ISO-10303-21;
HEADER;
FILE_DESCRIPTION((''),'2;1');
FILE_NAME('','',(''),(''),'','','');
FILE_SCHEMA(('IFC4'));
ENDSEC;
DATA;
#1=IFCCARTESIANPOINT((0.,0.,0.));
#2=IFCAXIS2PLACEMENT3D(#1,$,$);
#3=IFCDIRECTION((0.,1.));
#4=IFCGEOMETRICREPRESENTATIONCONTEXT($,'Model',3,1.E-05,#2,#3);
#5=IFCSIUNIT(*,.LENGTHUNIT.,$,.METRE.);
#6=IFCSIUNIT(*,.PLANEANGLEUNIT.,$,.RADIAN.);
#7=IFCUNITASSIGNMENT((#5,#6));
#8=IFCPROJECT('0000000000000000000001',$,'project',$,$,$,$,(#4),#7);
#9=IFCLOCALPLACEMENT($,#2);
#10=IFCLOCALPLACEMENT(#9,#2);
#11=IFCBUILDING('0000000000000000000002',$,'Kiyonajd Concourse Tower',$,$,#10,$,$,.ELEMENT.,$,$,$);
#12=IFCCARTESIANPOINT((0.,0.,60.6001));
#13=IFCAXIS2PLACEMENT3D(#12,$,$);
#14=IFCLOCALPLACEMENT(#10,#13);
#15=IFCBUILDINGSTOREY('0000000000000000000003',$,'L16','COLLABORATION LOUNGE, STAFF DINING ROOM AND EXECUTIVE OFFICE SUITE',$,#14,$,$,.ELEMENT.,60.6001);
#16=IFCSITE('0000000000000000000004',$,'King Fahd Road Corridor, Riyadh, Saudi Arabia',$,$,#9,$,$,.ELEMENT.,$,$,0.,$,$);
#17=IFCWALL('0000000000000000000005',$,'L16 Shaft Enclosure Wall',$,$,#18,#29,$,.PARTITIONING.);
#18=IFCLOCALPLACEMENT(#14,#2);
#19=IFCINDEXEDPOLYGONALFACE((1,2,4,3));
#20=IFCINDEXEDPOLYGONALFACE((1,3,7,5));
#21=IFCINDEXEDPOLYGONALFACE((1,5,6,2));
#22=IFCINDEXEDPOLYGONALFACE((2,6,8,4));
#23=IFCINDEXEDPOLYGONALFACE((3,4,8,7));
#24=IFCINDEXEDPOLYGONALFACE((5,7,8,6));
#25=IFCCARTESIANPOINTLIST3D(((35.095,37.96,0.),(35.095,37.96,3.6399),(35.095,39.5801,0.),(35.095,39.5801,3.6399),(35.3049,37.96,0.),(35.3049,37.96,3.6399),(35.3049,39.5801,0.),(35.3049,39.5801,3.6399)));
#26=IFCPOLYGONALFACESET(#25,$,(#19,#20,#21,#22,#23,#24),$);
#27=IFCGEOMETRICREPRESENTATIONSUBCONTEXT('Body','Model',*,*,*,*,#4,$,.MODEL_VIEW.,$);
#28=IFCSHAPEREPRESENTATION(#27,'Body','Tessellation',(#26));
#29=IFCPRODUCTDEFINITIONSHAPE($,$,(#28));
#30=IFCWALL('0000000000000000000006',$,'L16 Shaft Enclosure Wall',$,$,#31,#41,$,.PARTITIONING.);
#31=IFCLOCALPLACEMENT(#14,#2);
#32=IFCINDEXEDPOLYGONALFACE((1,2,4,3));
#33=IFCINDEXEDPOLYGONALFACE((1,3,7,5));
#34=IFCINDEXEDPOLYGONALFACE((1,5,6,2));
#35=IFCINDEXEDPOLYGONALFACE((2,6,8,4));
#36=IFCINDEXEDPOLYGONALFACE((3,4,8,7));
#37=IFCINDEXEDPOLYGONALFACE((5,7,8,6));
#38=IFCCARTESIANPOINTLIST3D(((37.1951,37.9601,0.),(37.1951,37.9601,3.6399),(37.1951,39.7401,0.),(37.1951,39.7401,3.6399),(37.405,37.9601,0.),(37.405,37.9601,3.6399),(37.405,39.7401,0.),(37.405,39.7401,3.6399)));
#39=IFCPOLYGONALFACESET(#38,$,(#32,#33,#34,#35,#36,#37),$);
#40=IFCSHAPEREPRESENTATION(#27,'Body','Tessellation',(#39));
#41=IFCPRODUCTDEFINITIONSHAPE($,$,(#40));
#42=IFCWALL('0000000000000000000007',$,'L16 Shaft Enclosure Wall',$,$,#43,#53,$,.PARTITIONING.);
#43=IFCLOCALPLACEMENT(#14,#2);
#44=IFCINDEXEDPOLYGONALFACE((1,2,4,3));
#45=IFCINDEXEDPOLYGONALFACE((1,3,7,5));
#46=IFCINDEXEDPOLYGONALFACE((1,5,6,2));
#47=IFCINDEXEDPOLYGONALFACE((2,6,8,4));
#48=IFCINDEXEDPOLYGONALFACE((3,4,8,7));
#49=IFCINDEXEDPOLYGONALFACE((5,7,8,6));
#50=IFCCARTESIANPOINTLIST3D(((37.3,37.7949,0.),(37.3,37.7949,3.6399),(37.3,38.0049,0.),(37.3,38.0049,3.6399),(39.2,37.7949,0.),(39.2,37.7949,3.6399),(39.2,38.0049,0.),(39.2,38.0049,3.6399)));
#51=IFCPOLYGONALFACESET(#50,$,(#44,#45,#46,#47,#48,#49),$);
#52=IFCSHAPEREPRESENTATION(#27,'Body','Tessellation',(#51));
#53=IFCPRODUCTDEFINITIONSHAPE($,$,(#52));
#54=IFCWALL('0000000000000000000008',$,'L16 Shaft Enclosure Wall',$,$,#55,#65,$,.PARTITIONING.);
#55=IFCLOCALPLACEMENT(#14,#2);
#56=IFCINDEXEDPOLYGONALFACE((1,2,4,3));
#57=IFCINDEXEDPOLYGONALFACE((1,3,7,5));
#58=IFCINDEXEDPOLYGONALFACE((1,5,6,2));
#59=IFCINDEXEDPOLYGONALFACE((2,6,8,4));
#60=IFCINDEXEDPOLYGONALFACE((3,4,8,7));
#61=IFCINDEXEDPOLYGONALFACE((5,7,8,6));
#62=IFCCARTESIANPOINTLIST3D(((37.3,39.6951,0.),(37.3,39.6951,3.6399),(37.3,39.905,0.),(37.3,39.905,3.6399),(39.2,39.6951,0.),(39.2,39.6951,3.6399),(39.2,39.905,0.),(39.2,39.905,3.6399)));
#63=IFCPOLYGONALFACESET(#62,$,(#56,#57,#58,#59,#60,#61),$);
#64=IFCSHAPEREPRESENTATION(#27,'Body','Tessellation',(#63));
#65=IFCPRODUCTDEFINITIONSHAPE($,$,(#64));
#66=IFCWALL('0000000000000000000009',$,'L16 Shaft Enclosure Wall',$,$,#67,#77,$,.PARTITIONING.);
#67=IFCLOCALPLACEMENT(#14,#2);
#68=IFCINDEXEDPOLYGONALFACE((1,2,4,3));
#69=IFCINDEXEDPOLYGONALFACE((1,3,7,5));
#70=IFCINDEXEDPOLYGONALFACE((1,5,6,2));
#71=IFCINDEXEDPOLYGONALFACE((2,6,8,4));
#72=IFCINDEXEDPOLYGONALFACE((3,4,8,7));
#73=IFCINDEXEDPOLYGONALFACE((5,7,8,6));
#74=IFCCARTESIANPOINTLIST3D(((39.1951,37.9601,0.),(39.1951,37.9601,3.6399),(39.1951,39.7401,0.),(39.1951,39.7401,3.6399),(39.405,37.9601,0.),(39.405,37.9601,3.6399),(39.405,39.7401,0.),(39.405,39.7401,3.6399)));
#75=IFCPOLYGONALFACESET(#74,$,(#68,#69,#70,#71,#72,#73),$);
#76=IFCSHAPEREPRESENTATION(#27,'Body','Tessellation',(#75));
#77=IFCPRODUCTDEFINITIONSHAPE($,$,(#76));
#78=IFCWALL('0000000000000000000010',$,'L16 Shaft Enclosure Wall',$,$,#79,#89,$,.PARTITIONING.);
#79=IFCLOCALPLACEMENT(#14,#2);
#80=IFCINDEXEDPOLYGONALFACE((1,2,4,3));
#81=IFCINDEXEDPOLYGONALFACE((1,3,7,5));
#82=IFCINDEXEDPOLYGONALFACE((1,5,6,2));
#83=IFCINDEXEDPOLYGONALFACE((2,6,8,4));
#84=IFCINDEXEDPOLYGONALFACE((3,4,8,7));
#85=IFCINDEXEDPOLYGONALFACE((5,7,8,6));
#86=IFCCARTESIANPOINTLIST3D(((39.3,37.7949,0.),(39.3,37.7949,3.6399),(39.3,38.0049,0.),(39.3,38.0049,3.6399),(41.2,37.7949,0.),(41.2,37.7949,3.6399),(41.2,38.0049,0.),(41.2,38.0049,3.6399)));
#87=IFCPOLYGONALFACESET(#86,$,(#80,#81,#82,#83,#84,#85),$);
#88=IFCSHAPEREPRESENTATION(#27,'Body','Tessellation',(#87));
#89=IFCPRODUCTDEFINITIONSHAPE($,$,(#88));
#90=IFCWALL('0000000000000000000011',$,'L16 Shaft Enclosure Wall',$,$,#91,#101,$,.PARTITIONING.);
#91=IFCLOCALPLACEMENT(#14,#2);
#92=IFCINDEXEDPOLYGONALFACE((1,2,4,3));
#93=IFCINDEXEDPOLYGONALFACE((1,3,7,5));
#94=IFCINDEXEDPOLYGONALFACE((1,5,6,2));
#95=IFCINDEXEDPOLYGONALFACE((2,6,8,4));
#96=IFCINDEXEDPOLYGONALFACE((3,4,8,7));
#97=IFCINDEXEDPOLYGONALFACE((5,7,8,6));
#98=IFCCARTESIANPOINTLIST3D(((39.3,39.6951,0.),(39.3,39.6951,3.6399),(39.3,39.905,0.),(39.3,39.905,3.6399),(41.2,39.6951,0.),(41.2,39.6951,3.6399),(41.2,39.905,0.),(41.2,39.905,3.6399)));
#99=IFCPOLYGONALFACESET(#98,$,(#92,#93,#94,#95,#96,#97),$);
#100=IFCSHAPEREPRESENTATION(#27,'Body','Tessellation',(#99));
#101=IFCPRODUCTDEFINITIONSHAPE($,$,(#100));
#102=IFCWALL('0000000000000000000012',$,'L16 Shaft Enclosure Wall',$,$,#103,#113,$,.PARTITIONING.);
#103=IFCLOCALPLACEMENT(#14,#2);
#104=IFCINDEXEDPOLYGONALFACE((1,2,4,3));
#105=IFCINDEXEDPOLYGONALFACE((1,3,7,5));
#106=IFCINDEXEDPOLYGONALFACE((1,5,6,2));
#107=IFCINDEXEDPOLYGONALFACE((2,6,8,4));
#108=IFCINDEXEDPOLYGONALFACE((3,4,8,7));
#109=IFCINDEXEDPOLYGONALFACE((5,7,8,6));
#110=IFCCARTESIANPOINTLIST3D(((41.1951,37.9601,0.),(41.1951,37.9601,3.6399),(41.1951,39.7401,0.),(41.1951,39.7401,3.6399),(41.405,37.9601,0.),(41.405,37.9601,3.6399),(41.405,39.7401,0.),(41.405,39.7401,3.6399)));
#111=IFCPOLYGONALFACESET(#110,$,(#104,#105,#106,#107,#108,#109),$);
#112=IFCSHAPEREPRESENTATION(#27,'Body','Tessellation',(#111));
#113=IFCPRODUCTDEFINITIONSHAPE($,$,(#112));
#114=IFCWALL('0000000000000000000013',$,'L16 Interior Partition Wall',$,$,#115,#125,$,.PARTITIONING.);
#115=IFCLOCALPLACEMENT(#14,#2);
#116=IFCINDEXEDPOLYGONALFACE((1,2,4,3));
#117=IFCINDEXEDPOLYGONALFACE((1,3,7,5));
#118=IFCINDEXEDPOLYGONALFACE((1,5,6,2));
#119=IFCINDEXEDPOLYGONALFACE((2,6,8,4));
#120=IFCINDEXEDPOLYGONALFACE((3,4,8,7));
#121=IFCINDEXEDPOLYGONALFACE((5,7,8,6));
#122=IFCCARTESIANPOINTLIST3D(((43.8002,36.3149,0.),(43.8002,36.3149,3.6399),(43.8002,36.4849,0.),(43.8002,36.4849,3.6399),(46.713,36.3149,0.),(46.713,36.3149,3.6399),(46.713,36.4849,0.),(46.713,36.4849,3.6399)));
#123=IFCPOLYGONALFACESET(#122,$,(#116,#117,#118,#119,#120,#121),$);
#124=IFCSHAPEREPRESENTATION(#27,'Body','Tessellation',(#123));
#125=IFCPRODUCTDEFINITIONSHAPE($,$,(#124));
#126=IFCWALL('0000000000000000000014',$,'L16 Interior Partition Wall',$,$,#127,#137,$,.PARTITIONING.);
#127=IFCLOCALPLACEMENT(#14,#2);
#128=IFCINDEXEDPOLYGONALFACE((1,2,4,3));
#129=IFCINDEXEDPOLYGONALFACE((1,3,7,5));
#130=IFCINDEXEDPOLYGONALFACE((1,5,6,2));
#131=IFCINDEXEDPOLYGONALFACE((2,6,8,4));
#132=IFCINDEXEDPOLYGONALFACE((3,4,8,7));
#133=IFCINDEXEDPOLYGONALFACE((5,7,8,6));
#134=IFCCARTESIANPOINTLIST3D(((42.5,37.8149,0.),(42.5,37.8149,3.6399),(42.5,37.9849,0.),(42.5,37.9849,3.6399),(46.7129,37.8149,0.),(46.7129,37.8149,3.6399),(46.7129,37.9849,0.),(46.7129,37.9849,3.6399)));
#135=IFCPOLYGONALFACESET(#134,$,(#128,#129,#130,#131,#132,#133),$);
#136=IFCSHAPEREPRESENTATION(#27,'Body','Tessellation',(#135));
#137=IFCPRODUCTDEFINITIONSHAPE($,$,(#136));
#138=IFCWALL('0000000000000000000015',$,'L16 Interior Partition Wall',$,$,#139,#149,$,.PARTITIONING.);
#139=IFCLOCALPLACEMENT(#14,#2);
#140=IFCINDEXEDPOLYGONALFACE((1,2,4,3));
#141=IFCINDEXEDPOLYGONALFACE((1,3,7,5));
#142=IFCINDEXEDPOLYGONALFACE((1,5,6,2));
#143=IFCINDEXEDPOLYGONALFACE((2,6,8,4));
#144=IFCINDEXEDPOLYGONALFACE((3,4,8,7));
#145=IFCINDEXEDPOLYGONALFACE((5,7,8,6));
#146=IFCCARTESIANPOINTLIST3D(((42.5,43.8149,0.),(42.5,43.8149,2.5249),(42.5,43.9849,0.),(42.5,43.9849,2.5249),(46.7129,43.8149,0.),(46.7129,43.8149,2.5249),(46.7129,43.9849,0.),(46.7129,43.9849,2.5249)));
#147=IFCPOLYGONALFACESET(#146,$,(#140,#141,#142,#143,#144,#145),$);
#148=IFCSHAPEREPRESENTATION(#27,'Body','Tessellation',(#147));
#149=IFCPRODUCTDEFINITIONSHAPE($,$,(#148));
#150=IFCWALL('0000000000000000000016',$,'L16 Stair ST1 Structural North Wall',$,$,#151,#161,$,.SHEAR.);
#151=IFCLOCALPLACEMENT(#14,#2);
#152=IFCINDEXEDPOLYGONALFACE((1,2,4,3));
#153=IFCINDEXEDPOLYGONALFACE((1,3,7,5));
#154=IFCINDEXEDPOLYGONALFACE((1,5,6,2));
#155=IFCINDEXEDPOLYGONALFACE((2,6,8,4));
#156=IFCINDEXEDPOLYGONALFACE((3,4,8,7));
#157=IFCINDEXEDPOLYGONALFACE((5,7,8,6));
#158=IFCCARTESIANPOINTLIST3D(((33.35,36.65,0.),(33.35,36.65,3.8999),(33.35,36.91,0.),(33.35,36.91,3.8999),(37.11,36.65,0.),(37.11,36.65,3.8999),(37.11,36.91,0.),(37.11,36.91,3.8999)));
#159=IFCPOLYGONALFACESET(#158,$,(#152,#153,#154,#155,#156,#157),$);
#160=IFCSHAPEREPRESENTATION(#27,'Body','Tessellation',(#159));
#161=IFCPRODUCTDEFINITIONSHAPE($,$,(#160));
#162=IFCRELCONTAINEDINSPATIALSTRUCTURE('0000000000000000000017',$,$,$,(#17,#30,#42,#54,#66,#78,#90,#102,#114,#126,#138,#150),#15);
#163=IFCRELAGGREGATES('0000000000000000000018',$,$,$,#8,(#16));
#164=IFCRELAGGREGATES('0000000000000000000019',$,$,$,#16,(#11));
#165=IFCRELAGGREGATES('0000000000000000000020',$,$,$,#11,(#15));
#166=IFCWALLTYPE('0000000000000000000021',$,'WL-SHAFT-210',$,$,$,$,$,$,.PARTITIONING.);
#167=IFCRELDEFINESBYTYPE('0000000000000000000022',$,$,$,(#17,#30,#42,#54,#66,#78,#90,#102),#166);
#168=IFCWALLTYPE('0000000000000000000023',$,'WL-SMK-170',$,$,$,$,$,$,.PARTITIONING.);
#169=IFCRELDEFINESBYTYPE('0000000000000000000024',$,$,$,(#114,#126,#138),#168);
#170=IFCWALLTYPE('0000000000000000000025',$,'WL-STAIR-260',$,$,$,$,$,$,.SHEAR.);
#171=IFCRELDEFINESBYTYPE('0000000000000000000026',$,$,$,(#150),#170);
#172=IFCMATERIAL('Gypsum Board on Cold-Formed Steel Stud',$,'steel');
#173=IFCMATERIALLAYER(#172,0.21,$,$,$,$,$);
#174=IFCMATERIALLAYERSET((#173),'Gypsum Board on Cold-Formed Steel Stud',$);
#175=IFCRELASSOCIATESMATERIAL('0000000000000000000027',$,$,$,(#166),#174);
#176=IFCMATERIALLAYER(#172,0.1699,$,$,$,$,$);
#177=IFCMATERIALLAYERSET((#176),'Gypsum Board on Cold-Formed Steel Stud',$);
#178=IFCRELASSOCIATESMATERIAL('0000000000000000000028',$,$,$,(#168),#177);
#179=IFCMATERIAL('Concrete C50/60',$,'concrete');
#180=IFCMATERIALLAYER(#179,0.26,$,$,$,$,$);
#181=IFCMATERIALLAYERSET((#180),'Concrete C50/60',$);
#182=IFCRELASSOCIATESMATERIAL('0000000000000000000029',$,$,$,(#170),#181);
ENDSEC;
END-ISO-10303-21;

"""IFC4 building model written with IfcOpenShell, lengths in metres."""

from ifc_helpers import new_model, si_unit, direction, frame, frame_2d, origin, place, context, subcontext, project, spatial, rectangle, extrude, material, layer, layer_set, type_object, element, save


model = new_model("IFC4")

# Units and contexts
model_context = context("Model", 3, precision=1e-05, world=origin(), true_north=direction((0.0, 1.0)))
body_context = subcontext(model_context, "Body", "Model", "MODEL_VIEW")
ifc_project = project(units=[si_unit("LENGTHUNIT", "METRE"), si_unit("PLANEANGLEUNIT", "RADIAN")], contexts=[model_context])

# Site, building, storey
site_placement = place(None, origin())
site = spatial("IfcSite", under=ifc_project, at=site_placement, Name="King Fahd Road Corridor, Riyadh, Saudi Arabia", CompositionType="ELEMENT", RefElevation=0.0)
building_placement = place(site_placement, origin())
building = spatial("IfcBuilding", under=site, at=building_placement, Name="Kiyonajd Concourse Tower", CompositionType="ELEMENT")
storey_placement = place(building_placement, frame((0.0, 0.0, 60.6001)))
storey = spatial("IfcBuildingStorey", under=building, at=storey_placement, Name="L16", Description="COLLABORATION LOUNGE, STAFF DINING ROOM AND EXECUTIVE OFFICE SUITE", CompositionType="ELEMENT", Elevation=60.6001)

# Walls
ifc_material_1 = material(Name="Gypsum Board on Cold-Formed Steel Stud", Category="steel")
ifc_layer_1 = layer(ifc_material_1, 0.21)
ifc_layer_set_1 = layer_set([ifc_layer_1], Name="Gypsum Board on Cold-Formed Steel Stud")
wall_type_1 = type_object("IfcWallType", Name="WL-SHAFT-210", PredefinedType="PARTITIONING", material=ifc_layer_set_1)
wall_1_placement = place(storey_placement, frame((35.2, 37.96, 0.0), z_axis=(0.0, 0.0, 1.0), x_axis=(0.0, 1.0, 0.0)))
element("IfcWall", 1, at=wall_1_placement, inside=storey, type_object=wall_type_1, Name="L16 Shaft Enclosure Wall", PredefinedType="PARTITIONING", context=body_context, shape_type="SweptSolid", body=[
    extrude(rectangle(XDim=1.6201, YDim=0.21, at=frame_2d((0.8101, 0.0))), origin(), (0.0, 0.0, 1.0), 3.6399),
])
wall_2_placement = place(storey_placement, frame((37.3, 37.96, 0.0), z_axis=(0.0, 0.0, 1.0), x_axis=(0.0, 1.0, 0.0)))
element("IfcWall", 2, at=wall_2_placement, inside=storey, type_object=wall_type_1, Name="L16 Shaft Enclosure Wall", PredefinedType="PARTITIONING", context=body_context, shape_type="SweptSolid", body=[
    extrude(rectangle(XDim=1.78, YDim=0.21, at=frame_2d((0.8901, 0.0))), origin(), (0.0, 0.0, 1.0), 3.6399),
])
for number, where, z_axis, x_axis, name in (
    (3, (37.3, 37.8999, 0.0), (0.0, 0.0, 1.0), (1.0, 0.0, 0.0), "L16 Shaft Enclosure Wall"),
    (4, (37.3, 39.8, 0.0), (0.0, 0.0, 1.0), (1.0, 0.0, 0.0), "L16 Shaft Enclosure Wall"),
):
    element("IfcWall", number, at=place(storey_placement, frame(where, z_axis=z_axis, x_axis=x_axis)), inside=storey, type_object=wall_type_1, Name=name, PredefinedType="PARTITIONING", context=body_context, shape_type="SweptSolid", body=[
        extrude(rectangle(XDim=1.8999, YDim=0.21, at=frame_2d((0.95, 0.0))), origin(), (0.0, 0.0, 1.0), 3.6399),
    ])
wall_3_placement = place(storey_placement, frame((39.3, 37.96, 0.0), z_axis=(0.0, 0.0, 1.0), x_axis=(0.0, 1.0, 0.0)))
element("IfcWall", 5, at=wall_3_placement, inside=storey, type_object=wall_type_1, Name="L16 Shaft Enclosure Wall", PredefinedType="PARTITIONING", context=body_context, shape_type="SweptSolid", body=[
    extrude(rectangle(XDim=1.78, YDim=0.21, at=frame_2d((0.8901, 0.0))), origin(), (0.0, 0.0, 1.0), 3.6399),
])
for number, where, z_axis, x_axis, name in (
    (6, (39.3, 37.8999, 0.0), (0.0, 0.0, 1.0), (1.0, 0.0, 0.0), "L16 Shaft Enclosure Wall"),
    (7, (39.3, 39.8, 0.0), (0.0, 0.0, 1.0), (1.0, 0.0, 0.0), "L16 Shaft Enclosure Wall"),
):
    element("IfcWall", number, at=place(storey_placement, frame(where, z_axis=z_axis, x_axis=x_axis)), inside=storey, type_object=wall_type_1, Name=name, PredefinedType="PARTITIONING", context=body_context, shape_type="SweptSolid", body=[
        extrude(rectangle(XDim=1.8999, YDim=0.21, at=frame_2d((0.95, 0.0))), origin(), (0.0, 0.0, 1.0), 3.6399),
    ])
wall_4_placement = place(storey_placement, frame((41.3, 37.96, 0.0), z_axis=(0.0, 0.0, 1.0), x_axis=(0.0, 1.0, 0.0)))
element("IfcWall", 8, at=wall_4_placement, inside=storey, type_object=wall_type_1, Name="L16 Shaft Enclosure Wall", PredefinedType="PARTITIONING", context=body_context, shape_type="SweptSolid", body=[
    extrude(rectangle(XDim=1.78, YDim=0.21, at=frame_2d((0.8901, 0.0))), origin(), (0.0, 0.0, 1.0), 3.6399),
])
ifc_layer_2 = layer(ifc_material_1, 0.1699)
ifc_layer_set_2 = layer_set([ifc_layer_2], Name="Gypsum Board on Cold-Formed Steel Stud")
wall_type_2 = type_object("IfcWallType", Name="WL-SMK-170", PredefinedType="PARTITIONING", material=ifc_layer_set_2)
wall_5_placement = place(storey_placement, frame((43.8, 36.3999, 0.0), z_axis=(0.0, 0.0, 1.0), x_axis=(1.0, 0.0, 0.0)))
element("IfcWall", 9, at=wall_5_placement, inside=storey, type_object=wall_type_2, Name="L16 Interior Partition Wall", PredefinedType="PARTITIONING", context=body_context, shape_type="SweptSolid", body=[
    extrude(rectangle(XDim=2.9128, YDim=0.1699, at=frame_2d((1.4565, 0.0))), origin(), (0.0, 0.0, 1.0), 3.6399),
])
wall_6_placement = place(storey_placement, frame((42.5, 37.8999, 0.0), z_axis=(0.0, 0.0, 1.0), x_axis=(1.0, 0.0, 0.0)))
element("IfcWall", 10, at=wall_6_placement, inside=storey, type_object=wall_type_2, Name="L16 Interior Partition Wall", PredefinedType="PARTITIONING", context=body_context, shape_type="SweptSolid", body=[
    extrude(rectangle(XDim=4.2129, YDim=0.1699, at=frame_2d((2.1064, 0.0))), origin(), (0.0, 0.0, 1.0), 3.6399),
])
wall_7_placement = place(storey_placement, frame((42.5, 43.8999, 0.0), z_axis=(0.0, 0.0, 1.0), x_axis=(1.0, 0.0, 0.0)))
element("IfcWall", 11, at=wall_7_placement, inside=storey, type_object=wall_type_2, Name="L16 Interior Partition Wall", PredefinedType="PARTITIONING", context=body_context, shape_type="SweptSolid", body=[
    extrude(rectangle(XDim=4.2129, YDim=0.1699, at=frame_2d((2.1064, 0.0))), origin(), (0.0, 0.0, 1.0), 2.5249),
])
ifc_material_2 = material(Name="Concrete C50/60", Category="concrete")
ifc_layer_3 = layer(ifc_material_2, 0.26)
ifc_layer_set_3 = layer_set([ifc_layer_3], Name="Concrete C50/60")
wall_type_3 = type_object("IfcWallType", Name="WL-STAIR-260", PredefinedType="SHEAR", material=ifc_layer_set_3)
wall_8_placement = place(storey_placement, frame((33.3501, 36.78, 0.0), z_axis=(0.0, 0.0, 1.0), x_axis=(1.0, 0.0, 0.0)))
element("IfcWall", 12, at=wall_8_placement, inside=storey, type_object=wall_type_3, Name="L16 Stair ST1 Structural North Wall", PredefinedType="SHEAR", context=body_context, shape_type="SweptSolid", body=[
    extrude(rectangle(XDim=3.76, YDim=0.26, at=frame_2d((1.8799, 0.0))), origin(), (0.0, 0.0, 1.0), 3.8999),
])

save(model, "model.ifc")
